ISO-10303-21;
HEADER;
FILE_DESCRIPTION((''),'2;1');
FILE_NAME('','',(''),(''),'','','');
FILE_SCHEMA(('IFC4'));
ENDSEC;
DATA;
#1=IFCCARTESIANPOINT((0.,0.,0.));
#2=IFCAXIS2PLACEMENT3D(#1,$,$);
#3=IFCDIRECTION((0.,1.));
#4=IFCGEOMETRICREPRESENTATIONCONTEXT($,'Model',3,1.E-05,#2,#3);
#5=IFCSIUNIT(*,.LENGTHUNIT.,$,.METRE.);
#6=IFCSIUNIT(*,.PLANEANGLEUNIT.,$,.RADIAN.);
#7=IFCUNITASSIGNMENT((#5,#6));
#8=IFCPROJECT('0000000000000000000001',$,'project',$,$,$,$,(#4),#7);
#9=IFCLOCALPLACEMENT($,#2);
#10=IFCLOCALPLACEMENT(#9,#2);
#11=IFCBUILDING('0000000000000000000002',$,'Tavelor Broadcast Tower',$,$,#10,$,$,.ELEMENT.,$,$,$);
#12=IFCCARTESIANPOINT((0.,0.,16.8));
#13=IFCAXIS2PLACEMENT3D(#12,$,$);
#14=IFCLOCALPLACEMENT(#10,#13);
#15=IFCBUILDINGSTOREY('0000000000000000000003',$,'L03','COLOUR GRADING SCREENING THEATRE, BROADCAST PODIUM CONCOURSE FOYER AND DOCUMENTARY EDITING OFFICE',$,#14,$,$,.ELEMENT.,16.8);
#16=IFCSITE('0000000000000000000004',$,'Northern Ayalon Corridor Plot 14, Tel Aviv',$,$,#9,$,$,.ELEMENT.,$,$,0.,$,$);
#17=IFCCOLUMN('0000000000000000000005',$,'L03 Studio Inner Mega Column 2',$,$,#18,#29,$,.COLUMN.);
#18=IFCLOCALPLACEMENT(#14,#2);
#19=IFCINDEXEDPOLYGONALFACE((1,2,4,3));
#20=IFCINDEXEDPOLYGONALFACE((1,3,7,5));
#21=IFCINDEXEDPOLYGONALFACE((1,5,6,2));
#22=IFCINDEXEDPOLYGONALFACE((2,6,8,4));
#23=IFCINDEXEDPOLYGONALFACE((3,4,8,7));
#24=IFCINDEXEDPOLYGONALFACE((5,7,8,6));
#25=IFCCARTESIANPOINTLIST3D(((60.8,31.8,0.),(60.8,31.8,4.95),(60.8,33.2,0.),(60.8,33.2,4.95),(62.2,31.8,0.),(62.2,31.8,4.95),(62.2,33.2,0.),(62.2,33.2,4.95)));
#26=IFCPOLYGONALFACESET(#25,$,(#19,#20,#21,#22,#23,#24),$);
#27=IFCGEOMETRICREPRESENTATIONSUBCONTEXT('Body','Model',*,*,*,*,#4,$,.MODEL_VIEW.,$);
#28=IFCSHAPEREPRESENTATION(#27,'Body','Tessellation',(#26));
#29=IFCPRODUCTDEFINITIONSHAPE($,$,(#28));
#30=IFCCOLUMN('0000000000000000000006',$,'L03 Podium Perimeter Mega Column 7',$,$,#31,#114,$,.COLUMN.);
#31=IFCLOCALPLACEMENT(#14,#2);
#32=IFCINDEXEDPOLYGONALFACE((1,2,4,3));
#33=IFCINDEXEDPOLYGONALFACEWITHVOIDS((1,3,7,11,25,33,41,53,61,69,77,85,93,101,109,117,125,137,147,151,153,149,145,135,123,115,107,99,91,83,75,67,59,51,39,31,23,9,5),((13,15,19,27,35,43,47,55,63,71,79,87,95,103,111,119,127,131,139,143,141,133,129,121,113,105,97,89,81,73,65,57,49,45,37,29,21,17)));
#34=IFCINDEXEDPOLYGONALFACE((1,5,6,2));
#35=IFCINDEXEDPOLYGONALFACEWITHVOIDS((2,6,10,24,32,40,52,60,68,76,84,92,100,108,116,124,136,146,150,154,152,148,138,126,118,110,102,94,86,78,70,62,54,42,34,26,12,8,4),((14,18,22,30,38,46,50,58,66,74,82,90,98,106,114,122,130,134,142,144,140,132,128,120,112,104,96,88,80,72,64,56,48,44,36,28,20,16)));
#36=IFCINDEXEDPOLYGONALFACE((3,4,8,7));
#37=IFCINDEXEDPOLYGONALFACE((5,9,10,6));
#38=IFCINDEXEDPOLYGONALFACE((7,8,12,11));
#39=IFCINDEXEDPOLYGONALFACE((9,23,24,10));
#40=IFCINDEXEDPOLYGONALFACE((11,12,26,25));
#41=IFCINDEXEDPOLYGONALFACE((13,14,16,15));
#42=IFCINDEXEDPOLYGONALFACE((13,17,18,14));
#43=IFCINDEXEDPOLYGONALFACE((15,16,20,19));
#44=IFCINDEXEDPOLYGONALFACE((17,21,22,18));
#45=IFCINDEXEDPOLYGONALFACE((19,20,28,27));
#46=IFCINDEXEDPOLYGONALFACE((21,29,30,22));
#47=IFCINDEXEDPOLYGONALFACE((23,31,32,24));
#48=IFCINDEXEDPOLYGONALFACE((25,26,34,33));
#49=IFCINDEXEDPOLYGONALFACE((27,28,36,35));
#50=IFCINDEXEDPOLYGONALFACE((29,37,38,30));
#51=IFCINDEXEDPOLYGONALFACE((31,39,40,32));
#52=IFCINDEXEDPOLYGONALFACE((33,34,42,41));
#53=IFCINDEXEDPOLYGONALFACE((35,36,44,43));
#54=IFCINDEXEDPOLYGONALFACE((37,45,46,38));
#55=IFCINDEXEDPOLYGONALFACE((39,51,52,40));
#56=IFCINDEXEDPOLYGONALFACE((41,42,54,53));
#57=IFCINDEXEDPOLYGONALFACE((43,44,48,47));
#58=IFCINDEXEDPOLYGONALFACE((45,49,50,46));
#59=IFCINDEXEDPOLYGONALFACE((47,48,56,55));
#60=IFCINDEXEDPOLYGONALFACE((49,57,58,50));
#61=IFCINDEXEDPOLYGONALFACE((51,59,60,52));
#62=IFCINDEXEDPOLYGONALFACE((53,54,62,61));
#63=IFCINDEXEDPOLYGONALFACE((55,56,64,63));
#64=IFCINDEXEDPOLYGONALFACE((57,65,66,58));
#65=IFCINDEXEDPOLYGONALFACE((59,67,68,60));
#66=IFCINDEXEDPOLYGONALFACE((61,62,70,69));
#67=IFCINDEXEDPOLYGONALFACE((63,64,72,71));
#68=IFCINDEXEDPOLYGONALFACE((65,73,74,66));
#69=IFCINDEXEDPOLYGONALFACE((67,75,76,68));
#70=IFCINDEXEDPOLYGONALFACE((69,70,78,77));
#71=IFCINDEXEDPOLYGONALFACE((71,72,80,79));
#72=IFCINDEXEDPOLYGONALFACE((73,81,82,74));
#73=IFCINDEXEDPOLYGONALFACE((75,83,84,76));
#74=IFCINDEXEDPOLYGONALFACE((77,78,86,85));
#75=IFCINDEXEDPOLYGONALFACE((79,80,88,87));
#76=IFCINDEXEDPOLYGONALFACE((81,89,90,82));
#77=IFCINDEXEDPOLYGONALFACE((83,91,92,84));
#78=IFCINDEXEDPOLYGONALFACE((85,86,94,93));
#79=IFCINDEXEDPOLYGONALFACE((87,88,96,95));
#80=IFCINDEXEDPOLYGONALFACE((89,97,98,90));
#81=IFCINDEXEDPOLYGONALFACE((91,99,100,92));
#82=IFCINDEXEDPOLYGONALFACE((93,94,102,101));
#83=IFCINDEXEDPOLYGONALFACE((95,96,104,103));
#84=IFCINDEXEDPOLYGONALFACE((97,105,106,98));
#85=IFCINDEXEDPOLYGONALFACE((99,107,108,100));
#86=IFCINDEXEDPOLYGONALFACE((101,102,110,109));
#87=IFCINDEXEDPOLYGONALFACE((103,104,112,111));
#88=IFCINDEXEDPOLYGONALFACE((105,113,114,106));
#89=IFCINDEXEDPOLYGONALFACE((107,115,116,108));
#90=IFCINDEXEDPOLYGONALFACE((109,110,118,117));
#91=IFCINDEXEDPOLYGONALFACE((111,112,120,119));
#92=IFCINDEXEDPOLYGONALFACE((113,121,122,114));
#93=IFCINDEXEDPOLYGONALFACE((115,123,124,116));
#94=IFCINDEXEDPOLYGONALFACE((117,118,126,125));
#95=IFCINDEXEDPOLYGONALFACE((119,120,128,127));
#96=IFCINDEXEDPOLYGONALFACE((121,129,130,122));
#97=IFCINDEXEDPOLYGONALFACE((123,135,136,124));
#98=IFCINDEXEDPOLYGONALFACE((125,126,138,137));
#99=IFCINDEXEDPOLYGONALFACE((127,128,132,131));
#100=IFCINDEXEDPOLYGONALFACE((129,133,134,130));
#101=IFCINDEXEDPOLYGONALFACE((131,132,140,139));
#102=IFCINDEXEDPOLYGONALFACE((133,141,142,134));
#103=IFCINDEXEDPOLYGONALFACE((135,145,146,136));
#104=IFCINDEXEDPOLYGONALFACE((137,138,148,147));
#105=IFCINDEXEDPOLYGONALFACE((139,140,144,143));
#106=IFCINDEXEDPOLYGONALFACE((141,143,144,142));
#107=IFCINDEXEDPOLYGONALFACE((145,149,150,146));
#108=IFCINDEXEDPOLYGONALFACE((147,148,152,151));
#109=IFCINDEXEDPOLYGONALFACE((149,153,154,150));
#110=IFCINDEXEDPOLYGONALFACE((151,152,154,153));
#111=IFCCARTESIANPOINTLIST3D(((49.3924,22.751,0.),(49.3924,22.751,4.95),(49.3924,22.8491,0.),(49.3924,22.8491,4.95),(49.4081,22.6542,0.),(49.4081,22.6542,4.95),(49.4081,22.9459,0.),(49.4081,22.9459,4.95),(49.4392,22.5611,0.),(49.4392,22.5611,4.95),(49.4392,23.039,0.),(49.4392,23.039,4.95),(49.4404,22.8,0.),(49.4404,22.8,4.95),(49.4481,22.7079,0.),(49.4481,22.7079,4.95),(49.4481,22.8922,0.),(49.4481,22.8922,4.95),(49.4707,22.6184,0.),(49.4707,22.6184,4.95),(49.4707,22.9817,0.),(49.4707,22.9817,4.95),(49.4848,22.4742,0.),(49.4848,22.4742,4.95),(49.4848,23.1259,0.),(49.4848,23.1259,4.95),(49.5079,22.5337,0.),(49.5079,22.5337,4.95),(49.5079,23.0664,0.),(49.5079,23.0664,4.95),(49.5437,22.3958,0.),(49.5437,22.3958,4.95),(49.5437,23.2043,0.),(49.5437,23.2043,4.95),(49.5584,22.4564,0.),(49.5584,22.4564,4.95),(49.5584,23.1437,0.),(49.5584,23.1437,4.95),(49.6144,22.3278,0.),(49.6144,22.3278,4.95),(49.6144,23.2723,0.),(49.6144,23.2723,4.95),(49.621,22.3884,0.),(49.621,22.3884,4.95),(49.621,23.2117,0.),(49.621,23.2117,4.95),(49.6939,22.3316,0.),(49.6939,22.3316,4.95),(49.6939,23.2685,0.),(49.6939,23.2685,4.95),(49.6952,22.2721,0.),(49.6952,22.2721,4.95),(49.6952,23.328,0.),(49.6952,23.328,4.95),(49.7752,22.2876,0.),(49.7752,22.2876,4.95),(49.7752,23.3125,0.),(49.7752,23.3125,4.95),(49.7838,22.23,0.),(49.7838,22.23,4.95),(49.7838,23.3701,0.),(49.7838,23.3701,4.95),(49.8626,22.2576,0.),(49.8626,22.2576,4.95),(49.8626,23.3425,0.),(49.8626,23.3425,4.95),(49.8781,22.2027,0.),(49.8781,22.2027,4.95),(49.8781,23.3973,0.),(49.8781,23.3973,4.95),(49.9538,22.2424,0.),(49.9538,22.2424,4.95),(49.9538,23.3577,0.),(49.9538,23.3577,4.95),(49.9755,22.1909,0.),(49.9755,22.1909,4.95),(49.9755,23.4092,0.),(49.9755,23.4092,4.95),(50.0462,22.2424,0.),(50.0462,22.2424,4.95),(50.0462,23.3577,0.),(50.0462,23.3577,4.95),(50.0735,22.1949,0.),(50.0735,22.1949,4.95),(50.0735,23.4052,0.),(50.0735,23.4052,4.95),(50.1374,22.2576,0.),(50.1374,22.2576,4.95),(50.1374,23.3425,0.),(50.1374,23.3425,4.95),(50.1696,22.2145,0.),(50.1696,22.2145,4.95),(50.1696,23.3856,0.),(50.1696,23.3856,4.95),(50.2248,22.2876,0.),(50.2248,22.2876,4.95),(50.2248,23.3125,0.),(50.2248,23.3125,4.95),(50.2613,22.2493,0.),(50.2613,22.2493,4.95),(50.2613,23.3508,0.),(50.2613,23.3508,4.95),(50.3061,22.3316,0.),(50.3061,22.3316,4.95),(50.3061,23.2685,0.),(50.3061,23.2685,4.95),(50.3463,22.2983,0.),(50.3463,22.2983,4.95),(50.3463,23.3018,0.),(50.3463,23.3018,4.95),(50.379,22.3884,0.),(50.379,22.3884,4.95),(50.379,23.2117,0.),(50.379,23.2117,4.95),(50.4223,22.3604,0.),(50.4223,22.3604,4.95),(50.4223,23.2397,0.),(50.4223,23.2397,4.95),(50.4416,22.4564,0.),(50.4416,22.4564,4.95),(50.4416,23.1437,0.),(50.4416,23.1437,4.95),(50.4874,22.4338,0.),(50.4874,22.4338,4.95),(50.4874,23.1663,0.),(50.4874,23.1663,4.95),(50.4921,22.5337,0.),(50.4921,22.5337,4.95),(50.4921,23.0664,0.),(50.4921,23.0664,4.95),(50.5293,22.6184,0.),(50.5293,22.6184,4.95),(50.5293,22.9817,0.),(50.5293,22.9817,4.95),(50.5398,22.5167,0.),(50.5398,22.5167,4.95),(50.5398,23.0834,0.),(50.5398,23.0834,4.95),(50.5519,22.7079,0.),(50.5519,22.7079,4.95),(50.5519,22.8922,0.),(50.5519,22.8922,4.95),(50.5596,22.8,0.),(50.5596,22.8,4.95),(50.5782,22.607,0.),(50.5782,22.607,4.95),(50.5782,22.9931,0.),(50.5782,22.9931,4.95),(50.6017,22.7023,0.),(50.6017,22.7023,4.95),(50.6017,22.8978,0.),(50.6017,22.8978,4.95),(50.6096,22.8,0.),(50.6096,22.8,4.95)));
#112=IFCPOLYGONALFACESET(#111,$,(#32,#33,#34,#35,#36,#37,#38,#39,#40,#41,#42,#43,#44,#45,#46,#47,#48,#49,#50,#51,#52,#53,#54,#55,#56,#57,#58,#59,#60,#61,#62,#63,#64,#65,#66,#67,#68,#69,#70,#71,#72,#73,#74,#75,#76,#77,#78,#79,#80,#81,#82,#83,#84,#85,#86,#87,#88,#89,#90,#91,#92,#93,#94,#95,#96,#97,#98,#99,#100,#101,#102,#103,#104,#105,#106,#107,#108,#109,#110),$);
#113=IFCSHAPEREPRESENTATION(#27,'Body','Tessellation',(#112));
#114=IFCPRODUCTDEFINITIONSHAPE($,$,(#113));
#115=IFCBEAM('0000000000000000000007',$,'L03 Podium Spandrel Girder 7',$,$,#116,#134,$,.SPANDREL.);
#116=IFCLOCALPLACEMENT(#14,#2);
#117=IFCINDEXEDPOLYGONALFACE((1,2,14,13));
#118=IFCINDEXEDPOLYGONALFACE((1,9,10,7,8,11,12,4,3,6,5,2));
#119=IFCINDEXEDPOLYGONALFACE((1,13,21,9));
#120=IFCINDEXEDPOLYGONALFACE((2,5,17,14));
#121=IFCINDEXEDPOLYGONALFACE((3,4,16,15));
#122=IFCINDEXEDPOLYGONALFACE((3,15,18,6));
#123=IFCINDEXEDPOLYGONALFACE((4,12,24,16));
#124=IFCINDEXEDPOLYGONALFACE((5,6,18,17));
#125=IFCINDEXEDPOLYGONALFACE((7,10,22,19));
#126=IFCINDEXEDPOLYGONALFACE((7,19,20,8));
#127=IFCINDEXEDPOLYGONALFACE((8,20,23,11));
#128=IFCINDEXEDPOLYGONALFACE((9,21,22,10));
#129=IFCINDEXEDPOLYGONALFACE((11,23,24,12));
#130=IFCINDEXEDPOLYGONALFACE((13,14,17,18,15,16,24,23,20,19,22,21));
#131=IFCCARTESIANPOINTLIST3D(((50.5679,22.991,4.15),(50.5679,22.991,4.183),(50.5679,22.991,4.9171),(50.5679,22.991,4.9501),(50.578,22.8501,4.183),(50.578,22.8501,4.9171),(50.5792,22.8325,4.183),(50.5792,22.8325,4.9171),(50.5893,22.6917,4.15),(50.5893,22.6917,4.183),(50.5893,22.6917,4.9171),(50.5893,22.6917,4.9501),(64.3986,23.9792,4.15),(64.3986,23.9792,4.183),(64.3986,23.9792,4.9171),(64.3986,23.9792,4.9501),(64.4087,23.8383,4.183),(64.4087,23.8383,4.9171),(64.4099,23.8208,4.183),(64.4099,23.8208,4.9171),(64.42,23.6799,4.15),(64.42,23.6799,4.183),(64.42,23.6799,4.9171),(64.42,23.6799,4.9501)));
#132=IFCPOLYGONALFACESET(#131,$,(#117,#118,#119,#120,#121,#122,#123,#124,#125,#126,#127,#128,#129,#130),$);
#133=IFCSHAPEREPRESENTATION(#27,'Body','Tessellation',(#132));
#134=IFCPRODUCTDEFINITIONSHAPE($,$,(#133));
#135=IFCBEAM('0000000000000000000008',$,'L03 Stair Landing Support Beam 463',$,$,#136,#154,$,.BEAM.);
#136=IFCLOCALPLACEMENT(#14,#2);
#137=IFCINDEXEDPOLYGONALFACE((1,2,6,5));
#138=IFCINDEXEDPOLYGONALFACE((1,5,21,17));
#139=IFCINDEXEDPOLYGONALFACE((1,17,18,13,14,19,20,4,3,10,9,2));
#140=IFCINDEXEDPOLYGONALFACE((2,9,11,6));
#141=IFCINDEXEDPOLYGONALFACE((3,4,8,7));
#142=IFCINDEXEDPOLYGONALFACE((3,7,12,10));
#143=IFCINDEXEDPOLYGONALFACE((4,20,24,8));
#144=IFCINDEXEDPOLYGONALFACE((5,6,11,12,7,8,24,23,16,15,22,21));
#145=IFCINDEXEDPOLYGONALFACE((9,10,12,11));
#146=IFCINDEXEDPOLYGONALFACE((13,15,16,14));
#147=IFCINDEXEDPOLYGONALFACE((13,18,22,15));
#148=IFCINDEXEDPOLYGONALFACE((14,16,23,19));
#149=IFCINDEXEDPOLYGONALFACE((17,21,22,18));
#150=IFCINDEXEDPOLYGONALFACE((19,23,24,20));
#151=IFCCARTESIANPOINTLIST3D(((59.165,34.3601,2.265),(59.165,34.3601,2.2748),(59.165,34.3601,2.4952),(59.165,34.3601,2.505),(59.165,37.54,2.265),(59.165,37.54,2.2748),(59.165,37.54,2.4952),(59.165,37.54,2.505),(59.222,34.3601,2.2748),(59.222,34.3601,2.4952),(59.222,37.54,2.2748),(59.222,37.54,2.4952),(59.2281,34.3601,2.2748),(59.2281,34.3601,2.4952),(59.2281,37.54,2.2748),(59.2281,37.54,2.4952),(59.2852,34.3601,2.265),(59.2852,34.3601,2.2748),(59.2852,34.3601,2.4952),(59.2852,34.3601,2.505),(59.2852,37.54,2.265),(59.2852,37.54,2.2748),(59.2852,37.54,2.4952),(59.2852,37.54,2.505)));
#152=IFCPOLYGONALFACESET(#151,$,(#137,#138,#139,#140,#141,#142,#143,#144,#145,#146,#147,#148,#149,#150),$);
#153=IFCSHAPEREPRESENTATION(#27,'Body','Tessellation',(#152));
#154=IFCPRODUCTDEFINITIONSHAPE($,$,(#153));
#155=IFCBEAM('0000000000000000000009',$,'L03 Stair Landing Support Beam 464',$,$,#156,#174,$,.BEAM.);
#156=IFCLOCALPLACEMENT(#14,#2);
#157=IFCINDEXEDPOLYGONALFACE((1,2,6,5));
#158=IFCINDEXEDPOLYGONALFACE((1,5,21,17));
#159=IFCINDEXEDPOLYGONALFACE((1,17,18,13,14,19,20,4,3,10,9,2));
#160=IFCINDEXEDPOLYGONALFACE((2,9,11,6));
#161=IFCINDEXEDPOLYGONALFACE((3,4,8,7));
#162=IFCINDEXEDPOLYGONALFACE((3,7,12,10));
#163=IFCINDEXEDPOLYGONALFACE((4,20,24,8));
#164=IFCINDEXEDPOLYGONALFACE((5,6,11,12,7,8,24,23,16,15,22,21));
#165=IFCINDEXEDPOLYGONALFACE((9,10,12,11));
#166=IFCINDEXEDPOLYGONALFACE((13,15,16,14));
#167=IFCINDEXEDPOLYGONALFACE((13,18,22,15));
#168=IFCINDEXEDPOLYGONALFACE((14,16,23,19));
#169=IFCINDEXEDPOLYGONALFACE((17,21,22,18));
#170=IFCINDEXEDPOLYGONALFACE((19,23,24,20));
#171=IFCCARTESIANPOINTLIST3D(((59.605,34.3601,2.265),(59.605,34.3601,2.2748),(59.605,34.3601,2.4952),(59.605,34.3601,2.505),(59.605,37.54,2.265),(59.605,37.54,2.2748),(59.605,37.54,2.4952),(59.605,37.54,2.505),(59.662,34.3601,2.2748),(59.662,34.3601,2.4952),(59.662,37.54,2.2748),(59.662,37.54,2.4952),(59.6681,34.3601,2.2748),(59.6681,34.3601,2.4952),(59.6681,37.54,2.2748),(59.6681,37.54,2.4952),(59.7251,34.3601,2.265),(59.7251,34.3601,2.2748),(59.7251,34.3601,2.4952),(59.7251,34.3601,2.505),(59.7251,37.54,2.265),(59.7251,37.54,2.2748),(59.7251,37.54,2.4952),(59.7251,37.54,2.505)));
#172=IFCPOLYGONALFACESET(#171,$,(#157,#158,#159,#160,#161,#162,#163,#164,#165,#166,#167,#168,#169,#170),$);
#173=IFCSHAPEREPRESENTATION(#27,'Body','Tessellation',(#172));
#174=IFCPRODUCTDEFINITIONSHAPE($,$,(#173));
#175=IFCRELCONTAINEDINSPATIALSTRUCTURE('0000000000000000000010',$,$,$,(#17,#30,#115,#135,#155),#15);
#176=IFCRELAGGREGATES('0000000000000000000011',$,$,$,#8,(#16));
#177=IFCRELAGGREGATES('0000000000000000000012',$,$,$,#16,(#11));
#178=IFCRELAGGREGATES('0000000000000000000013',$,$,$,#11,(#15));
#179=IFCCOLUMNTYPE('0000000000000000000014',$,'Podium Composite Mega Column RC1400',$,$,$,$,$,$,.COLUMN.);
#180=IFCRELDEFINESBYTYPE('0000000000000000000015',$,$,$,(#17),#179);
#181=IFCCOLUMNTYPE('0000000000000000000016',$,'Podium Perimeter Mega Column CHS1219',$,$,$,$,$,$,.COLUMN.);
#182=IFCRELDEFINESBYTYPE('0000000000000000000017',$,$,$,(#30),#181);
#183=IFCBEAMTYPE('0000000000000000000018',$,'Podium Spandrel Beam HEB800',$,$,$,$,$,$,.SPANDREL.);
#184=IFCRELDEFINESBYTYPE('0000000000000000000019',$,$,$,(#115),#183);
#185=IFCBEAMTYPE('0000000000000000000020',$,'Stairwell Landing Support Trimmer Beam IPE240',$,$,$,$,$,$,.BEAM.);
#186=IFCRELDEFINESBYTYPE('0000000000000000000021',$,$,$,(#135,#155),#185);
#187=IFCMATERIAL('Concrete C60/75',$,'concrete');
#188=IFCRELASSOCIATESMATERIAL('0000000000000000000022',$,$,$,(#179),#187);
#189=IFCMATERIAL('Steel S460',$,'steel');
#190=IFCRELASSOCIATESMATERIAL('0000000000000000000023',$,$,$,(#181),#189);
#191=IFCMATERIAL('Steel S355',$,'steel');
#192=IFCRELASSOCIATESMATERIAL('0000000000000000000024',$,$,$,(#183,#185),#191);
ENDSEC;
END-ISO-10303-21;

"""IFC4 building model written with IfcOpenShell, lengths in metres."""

from ifc_helpers import new_model, si_unit, direction, frame, origin, origin_2d, place, context, subcontext, project, spatial, rectangle, hollow_circle, i_section, extrude, material, material_profile, profile_set, type_object, element, save


model = new_model("IFC4")

# Units and contexts
model_context = context("Model", 3, precision=1e-05, world=origin(), true_north=direction((0.0, 1.0)))
body_context = subcontext(model_context, "Body", "Model", "MODEL_VIEW")
ifc_project = project(units=[si_unit("LENGTHUNIT", "METRE"), si_unit("PLANEANGLEUNIT", "RADIAN")], contexts=[model_context])

# Site, building, storey
site_placement = place(None, origin())
site = spatial("IfcSite", under=ifc_project, at=site_placement, Name="Northern Ayalon Corridor Plot 14, Tel Aviv", CompositionType="ELEMENT", RefElevation=0.0)
building_placement = place(site_placement, origin())
building = spatial("IfcBuilding", under=site, at=building_placement, Name="Tavelor Broadcast Tower", CompositionType="ELEMENT")
storey_placement = place(building_placement, frame((0.0, 0.0, 16.8)))
storey = spatial("IfcBuildingStorey", under=building, at=storey_placement, Name="L03", Description="COLOUR GRADING SCREENING THEATRE, BROADCAST PODIUM CONCOURSE FOYER AND DOCUMENTARY EDITING OFFICE", CompositionType="ELEMENT", Elevation=16.8)

# Columns
ifc_material_1 = material(Name="Concrete C60/75", Category="concrete")
ifc_material_profile_1 = material_profile(ifc_material_1, rectangle(XDim=1.3999, YDim=1.3999, at=origin_2d()), Name="RC 1400x1400")
ifc_profile_set_1 = profile_set([ifc_material_profile_1], Name="Concrete C60/75")
column_type_1 = type_object("IfcColumnType", Name="Podium Composite Mega Column RC1400", PredefinedType="COLUMN", material=ifc_profile_set_1)
column_1_placement = place(storey_placement, frame((61.5, 32.5, 0.0), z_axis=(0.0, 0.0, 1.0), x_axis=(1.0, 0.0, 0.0)))
element("IfcColumn", 1, at=column_1_placement, inside=storey, type_object=column_type_1, Name="L03 Studio Inner Mega Column 2", PredefinedType="COLUMN", context=body_context, shape_type="SweptSolid", body=[
    extrude(rectangle(XDim=1.3999, YDim=1.3999, at=origin_2d()), origin(), (0.0, 0.0, 1.0), 4.95),
])
ifc_material_2 = material(Name="Steel S460", Category="steel")
ifc_material_profile_2 = material_profile(ifc_material_2, hollow_circle(Radius=0.6096, WallThickness=0.05, at=origin_2d()), Name="CHS 1219x50")
ifc_profile_set_2 = profile_set([ifc_material_profile_2], Name="Steel S460")
column_type_2 = type_object("IfcColumnType", Name="Podium Perimeter Mega Column CHS1219", PredefinedType="COLUMN", material=ifc_profile_set_2)
column_2_placement = place(storey_placement, frame((50.0, 22.8, 0.0), z_axis=(0.0, 0.0, 1.0), x_axis=(1.0, 0.0, 0.0)))
element("IfcColumn", 2, at=column_2_placement, inside=storey, type_object=column_type_2, Name="L03 Podium Perimeter Mega Column 7", PredefinedType="COLUMN", context=body_context, shape_type="SweptSolid", body=[
    extrude(hollow_circle(Radius=0.6096, WallThickness=0.05, at=origin_2d()), origin(), (0.0, 0.0, 1.0), 4.95),
])

# Beams
ifc_material_3 = material(Name="Steel S355", Category="steel")
ifc_material_profile_3 = material_profile(ifc_material_3, i_section(OverallWidth=0.3, OverallDepth=0.8, WebThickness=0.0176, FlangeThickness=0.033, at=origin_2d()), Name="HEB 800")
ifc_profile_set_3 = profile_set([ifc_material_profile_3], Name="Steel S355")
beam_type_1 = type_object("IfcBeamType", Name="Podium Spandrel Beam HEB800", PredefinedType="SPANDREL", material=ifc_profile_set_3)
beam_1_placement = place(storey_placement, frame((50.5786, 22.8413, 4.55), z_axis=(0.997457, 0.071273, 0.0), x_axis=(-0.071273, 0.997457, 0.0)))
element("IfcBeam", 3, at=beam_1_placement, inside=storey, type_object=beam_type_1, Name="L03 Podium Spandrel Girder 7", PredefinedType="SPANDREL", context=body_context, shape_type="SweptSolid", body=[
    extrude(i_section(OverallWidth=0.3, OverallDepth=0.8, WebThickness=0.0176, FlangeThickness=0.033, at=origin_2d()), origin(), (0.0, 0.0, 1.0), 13.866),
])
ifc_material_profile_4 = material_profile(ifc_material_3, i_section(OverallWidth=0.1201, OverallDepth=0.24, WebThickness=0.0061, FlangeThickness=0.0098, at=origin_2d()), Name="IPE 240")
ifc_profile_set_4 = profile_set([ifc_material_profile_4], Name="Steel S355")
beam_type_2 = type_object("IfcBeamType", Name="Stairwell Landing Support Trimmer Beam IPE240", PredefinedType="BEAM", material=ifc_profile_set_4)
for number, where, z_axis, x_axis, name in (
    (4, (59.2251, 34.3601, 2.385), (0.0, 1.0, 0.0), (-1.0, 0.0, 0.0), "L03 Stair Landing Support Beam 463"),
    (5, (59.665, 34.3601, 2.385), (0.0, 1.0, 0.0), (-1.0, 0.0, 0.0), "L03 Stair Landing Support Beam 464"),
):
    element("IfcBeam", number, at=place(storey_placement, frame(where, z_axis=z_axis, x_axis=x_axis)), inside=storey, type_object=beam_type_2, Name=name, PredefinedType="BEAM", context=body_context, shape_type="SweptSolid", body=[
        extrude(i_section(OverallWidth=0.1201, OverallDepth=0.24, WebThickness=0.0061, FlangeThickness=0.0098, at=origin_2d()), origin(), (0.0, 0.0, 1.0), 3.1799),
    ])

save(model, "model.ifc")
